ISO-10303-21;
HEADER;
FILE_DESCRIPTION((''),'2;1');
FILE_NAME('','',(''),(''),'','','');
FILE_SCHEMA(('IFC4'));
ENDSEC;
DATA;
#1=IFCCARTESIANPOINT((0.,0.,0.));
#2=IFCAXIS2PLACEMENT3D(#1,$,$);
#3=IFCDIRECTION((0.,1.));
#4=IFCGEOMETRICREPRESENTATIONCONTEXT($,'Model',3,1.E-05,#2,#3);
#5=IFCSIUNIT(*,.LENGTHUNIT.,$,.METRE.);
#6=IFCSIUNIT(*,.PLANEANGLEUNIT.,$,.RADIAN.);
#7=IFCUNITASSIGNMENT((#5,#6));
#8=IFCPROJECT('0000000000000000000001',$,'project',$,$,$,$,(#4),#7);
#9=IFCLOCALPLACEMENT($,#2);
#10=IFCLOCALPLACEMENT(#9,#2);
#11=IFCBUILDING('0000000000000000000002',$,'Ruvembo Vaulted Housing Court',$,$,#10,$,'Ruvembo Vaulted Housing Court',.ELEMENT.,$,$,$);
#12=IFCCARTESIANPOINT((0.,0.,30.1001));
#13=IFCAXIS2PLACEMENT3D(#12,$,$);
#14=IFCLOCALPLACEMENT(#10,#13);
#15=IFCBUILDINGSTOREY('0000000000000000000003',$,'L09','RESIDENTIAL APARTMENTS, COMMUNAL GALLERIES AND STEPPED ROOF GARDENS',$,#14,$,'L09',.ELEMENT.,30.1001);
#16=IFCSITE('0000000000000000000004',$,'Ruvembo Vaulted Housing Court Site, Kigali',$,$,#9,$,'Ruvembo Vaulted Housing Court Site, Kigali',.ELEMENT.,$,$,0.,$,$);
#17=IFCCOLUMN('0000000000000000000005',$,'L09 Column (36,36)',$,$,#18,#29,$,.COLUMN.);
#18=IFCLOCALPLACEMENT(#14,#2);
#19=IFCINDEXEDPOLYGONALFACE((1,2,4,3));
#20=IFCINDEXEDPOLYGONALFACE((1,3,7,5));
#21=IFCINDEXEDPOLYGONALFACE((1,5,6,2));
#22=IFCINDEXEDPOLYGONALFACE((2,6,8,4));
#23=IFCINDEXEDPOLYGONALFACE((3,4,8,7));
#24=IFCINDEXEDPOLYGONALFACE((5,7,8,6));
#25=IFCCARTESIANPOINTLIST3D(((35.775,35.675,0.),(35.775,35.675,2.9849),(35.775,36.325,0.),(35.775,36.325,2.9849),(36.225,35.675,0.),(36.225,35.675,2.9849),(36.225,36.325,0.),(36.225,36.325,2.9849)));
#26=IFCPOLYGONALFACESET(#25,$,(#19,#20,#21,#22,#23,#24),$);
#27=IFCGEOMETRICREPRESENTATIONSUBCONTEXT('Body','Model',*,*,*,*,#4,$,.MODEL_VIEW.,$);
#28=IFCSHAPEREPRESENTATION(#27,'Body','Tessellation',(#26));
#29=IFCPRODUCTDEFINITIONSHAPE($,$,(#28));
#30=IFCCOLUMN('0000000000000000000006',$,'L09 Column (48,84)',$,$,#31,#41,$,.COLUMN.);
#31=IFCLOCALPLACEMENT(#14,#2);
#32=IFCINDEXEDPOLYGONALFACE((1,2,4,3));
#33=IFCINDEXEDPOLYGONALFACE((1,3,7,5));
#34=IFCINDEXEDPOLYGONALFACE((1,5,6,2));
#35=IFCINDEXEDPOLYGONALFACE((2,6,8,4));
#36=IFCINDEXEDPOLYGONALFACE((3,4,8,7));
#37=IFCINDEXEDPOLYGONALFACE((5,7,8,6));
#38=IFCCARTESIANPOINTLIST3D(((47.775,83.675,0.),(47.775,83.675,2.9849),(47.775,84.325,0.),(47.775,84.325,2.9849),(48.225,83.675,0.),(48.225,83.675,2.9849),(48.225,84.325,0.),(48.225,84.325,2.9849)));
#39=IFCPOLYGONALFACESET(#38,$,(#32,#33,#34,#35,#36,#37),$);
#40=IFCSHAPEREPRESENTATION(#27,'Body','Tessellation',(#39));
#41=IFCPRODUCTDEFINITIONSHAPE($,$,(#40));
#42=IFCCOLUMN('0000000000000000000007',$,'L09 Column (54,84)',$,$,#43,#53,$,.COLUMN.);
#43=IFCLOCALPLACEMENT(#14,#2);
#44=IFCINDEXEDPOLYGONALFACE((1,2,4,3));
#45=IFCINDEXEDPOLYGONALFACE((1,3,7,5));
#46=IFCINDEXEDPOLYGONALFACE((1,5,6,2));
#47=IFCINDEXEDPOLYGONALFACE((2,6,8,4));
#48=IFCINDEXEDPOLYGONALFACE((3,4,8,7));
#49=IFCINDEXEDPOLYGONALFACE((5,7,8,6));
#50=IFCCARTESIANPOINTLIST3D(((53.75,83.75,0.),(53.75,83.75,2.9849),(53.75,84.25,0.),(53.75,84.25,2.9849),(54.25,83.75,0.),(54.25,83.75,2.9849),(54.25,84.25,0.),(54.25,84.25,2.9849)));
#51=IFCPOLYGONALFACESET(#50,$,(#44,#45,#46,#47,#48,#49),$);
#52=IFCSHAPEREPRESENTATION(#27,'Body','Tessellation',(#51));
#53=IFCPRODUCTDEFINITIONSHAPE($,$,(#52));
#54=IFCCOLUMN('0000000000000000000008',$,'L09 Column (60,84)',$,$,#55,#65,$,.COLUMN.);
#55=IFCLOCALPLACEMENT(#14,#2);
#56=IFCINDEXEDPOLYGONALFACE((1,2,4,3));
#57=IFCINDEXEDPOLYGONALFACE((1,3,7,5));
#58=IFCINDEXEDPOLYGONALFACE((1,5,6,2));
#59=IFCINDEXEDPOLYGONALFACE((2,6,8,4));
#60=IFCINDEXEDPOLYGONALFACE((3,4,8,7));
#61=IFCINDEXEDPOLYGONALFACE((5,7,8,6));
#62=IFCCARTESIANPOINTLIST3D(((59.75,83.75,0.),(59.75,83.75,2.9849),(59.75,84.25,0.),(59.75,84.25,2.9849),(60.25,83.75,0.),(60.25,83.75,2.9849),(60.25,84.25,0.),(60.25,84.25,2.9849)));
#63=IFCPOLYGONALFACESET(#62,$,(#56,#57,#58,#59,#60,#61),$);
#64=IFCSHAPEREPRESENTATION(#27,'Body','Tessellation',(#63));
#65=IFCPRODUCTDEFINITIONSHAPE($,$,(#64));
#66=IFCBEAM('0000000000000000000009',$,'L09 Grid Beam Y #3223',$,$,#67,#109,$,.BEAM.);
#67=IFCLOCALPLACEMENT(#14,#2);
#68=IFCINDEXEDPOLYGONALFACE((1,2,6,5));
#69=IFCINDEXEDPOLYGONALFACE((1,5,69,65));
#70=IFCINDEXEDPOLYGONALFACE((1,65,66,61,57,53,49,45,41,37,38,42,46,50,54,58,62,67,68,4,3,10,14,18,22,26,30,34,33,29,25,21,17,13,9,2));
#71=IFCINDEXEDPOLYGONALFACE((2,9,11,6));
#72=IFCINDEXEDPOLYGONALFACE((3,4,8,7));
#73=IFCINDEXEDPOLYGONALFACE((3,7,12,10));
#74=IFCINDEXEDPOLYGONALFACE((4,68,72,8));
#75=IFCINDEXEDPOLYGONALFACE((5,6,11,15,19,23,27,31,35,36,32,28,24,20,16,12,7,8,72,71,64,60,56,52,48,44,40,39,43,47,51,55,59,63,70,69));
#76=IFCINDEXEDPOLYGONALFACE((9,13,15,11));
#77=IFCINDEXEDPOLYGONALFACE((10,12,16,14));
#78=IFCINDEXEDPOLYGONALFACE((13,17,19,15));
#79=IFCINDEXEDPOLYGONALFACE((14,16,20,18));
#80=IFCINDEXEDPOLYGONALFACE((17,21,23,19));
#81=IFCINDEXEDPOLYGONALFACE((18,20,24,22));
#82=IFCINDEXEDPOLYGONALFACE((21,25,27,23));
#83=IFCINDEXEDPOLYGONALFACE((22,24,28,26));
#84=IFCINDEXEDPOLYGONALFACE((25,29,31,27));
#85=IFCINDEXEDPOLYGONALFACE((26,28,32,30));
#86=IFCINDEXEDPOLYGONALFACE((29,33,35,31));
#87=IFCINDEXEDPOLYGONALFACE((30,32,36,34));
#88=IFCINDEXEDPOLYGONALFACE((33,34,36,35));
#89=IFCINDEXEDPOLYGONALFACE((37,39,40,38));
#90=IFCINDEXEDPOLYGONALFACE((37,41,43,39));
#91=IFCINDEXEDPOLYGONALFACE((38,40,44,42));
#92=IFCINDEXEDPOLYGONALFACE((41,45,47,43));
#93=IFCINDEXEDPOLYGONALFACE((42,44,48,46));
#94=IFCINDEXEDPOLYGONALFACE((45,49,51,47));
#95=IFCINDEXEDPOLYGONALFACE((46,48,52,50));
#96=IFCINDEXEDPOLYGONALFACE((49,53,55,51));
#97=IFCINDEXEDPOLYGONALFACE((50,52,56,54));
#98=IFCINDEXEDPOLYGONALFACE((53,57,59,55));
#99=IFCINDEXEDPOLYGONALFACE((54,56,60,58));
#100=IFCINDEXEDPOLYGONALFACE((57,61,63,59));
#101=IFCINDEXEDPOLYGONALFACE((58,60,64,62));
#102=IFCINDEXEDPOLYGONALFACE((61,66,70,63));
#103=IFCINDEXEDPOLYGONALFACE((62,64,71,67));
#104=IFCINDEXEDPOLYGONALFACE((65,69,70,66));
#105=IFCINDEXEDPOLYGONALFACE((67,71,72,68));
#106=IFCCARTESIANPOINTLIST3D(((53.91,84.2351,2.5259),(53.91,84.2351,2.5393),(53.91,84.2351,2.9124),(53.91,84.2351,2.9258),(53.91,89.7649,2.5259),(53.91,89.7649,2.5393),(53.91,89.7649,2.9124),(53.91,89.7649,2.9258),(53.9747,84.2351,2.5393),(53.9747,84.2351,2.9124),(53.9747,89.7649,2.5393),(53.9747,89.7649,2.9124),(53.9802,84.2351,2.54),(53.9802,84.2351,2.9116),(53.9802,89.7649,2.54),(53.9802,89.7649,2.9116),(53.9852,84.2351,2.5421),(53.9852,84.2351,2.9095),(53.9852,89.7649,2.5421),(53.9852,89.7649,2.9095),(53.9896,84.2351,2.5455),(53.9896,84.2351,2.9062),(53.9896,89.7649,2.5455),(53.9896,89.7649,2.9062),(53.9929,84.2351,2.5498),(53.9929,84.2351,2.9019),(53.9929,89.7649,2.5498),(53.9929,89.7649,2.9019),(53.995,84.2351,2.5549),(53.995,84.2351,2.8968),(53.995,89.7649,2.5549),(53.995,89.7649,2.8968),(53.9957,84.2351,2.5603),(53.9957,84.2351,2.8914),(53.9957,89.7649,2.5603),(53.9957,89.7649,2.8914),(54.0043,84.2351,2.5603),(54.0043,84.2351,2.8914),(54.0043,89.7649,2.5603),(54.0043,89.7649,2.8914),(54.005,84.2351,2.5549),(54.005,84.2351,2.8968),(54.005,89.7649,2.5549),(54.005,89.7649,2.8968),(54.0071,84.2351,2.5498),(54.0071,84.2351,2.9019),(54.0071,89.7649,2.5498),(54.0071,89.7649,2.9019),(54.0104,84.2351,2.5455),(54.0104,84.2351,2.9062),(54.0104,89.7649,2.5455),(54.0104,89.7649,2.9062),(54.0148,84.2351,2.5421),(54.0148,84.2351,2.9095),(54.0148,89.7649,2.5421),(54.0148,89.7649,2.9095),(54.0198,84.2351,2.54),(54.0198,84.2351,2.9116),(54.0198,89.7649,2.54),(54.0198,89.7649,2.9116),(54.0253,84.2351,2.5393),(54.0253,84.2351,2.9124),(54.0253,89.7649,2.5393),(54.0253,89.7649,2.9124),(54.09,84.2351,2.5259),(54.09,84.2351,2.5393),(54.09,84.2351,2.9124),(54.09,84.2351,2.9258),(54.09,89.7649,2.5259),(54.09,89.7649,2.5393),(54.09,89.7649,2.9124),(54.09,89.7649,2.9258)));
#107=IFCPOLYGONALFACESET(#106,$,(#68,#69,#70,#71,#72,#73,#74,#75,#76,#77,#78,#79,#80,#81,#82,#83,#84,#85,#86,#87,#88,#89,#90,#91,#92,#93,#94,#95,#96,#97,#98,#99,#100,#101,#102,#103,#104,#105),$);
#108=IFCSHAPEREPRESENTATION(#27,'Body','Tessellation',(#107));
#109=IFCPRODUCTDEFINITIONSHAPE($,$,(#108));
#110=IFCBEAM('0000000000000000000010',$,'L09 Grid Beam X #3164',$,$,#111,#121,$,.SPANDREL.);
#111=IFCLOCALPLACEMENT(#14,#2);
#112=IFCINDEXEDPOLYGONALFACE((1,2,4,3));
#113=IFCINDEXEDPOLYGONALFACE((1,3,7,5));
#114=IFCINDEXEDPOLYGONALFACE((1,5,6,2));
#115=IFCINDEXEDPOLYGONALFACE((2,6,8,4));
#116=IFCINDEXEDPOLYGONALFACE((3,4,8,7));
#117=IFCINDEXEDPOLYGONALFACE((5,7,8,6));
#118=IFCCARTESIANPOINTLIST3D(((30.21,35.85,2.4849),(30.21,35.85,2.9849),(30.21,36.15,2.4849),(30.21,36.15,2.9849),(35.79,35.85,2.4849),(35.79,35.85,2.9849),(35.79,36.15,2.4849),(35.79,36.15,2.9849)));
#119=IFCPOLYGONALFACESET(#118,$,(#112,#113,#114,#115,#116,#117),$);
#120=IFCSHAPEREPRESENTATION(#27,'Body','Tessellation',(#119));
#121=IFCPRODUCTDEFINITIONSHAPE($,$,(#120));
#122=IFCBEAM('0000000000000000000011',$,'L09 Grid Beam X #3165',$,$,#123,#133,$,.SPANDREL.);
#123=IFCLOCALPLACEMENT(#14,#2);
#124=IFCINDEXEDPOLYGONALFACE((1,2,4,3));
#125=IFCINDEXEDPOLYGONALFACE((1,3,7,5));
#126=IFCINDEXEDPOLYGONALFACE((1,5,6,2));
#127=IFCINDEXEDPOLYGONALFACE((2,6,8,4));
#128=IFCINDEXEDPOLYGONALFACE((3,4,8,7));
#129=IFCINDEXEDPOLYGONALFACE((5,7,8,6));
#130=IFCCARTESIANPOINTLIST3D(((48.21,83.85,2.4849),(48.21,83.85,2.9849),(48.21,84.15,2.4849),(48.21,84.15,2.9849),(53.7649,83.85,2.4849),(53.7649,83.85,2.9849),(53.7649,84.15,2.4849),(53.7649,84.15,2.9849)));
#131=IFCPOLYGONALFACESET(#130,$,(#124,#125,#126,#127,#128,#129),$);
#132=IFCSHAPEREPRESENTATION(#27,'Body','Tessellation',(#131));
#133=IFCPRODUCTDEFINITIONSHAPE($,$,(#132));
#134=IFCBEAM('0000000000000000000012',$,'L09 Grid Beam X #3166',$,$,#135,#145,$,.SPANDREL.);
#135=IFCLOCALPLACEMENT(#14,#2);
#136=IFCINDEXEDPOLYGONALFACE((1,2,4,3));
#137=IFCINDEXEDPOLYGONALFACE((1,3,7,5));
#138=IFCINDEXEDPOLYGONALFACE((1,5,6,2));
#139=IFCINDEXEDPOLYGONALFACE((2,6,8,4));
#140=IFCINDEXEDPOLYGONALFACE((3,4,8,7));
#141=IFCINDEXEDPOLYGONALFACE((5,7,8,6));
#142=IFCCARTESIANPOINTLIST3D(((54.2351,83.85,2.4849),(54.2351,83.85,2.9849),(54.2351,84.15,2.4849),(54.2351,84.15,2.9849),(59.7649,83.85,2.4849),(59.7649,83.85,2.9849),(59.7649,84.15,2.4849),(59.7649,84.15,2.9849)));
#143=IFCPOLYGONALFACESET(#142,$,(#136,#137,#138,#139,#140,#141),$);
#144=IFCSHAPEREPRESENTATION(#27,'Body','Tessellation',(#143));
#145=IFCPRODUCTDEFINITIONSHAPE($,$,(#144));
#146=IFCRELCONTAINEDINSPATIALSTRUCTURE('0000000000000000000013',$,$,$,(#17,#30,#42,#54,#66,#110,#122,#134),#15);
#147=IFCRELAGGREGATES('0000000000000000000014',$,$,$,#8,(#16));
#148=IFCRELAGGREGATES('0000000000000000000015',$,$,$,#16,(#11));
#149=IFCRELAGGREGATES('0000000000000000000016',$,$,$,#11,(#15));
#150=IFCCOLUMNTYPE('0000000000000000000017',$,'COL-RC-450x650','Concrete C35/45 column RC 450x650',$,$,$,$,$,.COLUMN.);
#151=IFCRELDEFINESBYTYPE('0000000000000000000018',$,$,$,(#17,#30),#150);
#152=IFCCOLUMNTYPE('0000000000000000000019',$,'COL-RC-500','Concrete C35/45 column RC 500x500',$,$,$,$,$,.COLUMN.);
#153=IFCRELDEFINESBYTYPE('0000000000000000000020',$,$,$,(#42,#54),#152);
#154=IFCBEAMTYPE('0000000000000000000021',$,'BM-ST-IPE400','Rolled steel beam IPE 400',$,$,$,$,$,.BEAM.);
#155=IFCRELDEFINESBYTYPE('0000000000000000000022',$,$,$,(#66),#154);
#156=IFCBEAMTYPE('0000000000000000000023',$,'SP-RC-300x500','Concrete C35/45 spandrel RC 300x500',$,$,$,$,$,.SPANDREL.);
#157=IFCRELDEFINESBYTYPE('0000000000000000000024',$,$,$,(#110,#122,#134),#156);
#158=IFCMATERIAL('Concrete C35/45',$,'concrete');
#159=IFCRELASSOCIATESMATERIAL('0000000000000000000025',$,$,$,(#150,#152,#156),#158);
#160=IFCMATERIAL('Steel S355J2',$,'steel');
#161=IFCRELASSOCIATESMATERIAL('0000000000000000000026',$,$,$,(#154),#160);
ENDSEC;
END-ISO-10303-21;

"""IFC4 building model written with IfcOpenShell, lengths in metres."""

from ifc_helpers import new_model, si_unit, direction, frame, origin, origin_2d, place, context, subcontext, project, spatial, rectangle, i_section, extrude, material, material_profile, profile_set, type_object, element, save


model = new_model("IFC4")

# Units and contexts
model_context = context("Model", 3, precision=1e-05, world=origin(), true_north=direction((0.0, 1.0)))
body_context = subcontext(model_context, "Body", "Model", "MODEL_VIEW")
ifc_project = project(units=[si_unit("LENGTHUNIT", "METRE"), si_unit("PLANEANGLEUNIT", "RADIAN")], contexts=[model_context])

# Site, building, storey
site_placement = place(None, origin())
site = spatial("IfcSite", under=ifc_project, at=site_placement, Name="Ruvembo Vaulted Housing Court Site, Kigali", LongName="Ruvembo Vaulted Housing Court Site, Kigali", CompositionType="ELEMENT", RefElevation=0.0)
building_placement = place(site_placement, origin())
building = spatial("IfcBuilding", under=site, at=building_placement, Name="Ruvembo Vaulted Housing Court", LongName="Ruvembo Vaulted Housing Court", CompositionType="ELEMENT")
storey_placement = place(building_placement, frame((0.0, 0.0, 30.1001)))
storey = spatial("IfcBuildingStorey", under=building, at=storey_placement, Name="L09", Description="RESIDENTIAL APARTMENTS, COMMUNAL GALLERIES AND STEPPED ROOF GARDENS", LongName="L09", CompositionType="ELEMENT", Elevation=30.1001)

# Columns
ifc_material_1 = material(Name="Concrete C35/45", Category="concrete")
ifc_material_profile_1 = material_profile(ifc_material_1, rectangle(XDim=0.45, YDim=0.6499, at=origin_2d()), Name="RC 450x650")
ifc_profile_set_1 = profile_set([ifc_material_profile_1], Name="Concrete C35/45")
column_type_1 = type_object("IfcColumnType", Name="COL-RC-450x650", Description="Concrete C35/45 column RC 450x650", PredefinedType="COLUMN", material=ifc_profile_set_1)
for number, where, z_axis, x_axis, name in (
    (1, (36.0, 36.0, 0.0), (0.0, 0.0, 1.0), (1.0, 0.0, 0.0), "L09 Column (36,36)"),
    (2, (48.0, 84.0, 0.0), (0.0, 0.0, 1.0), (1.0, 0.0, 0.0), "L09 Column (48,84)"),
):
    element("IfcColumn", number, at=place(storey_placement, frame(where, z_axis=z_axis, x_axis=x_axis)), inside=storey, type_object=column_type_1, Name=name, PredefinedType="COLUMN", context=body_context, shape_type="SweptSolid", body=[
        extrude(rectangle(XDim=0.45, YDim=0.6499, at=origin_2d()), origin(), (0.0, 0.0, 1.0), 2.9849),
    ])
ifc_material_profile_2 = material_profile(ifc_material_1, rectangle(XDim=0.5, YDim=0.5, at=origin_2d()), Name="RC 500x500")
ifc_profile_set_2 = profile_set([ifc_material_profile_2], Name="Concrete C35/45")
column_type_2 = type_object("IfcColumnType", Name="COL-RC-500", Description="Concrete C35/45 column RC 500x500", PredefinedType="COLUMN", material=ifc_profile_set_2)
for number, where, z_axis, x_axis, name in (
    (3, (54.0, 84.0, 0.0), (0.0, 0.0, 1.0), (1.0, 0.0, 0.0), "L09 Column (54,84)"),
    (4, (60.0, 84.0, 0.0), (0.0, 0.0, 1.0), (1.0, 0.0, 0.0), "L09 Column (60,84)"),
):
    element("IfcColumn", number, at=place(storey_placement, frame(where, z_axis=z_axis, x_axis=x_axis)), inside=storey, type_object=column_type_2, Name=name, PredefinedType="COLUMN", context=body_context, shape_type="SweptSolid", body=[
        extrude(rectangle(XDim=0.5, YDim=0.5, at=origin_2d()), origin(), (0.0, 0.0, 1.0), 2.9849),
    ])

# Beams
ifc_material_2 = material(Name="Steel S355J2", Category="steel")
ifc_material_profile_3 = material_profile(ifc_material_2, i_section(OverallWidth=0.1799, OverallDepth=0.3999, WebThickness=0.0085, FlangeThickness=0.0134, FilletRadius=0.021, at=origin_2d()), Name="IPE 400")
ifc_profile_set_3 = profile_set([ifc_material_profile_3], Name="Steel S355J2")
beam_type_1 = type_object("IfcBeamType", Name="BM-ST-IPE400", Description="Rolled steel beam IPE 400", PredefinedType="BEAM", material=ifc_profile_set_3)
beam_1_placement = place(storey_placement, frame((54.0, 84.2351, 2.7258), z_axis=(0.0, 1.0, 0.0), x_axis=(-1.0, 0.0, 0.0)))
element("IfcBeam", 5, at=beam_1_placement, inside=storey, type_object=beam_type_1, Name="L09 Grid Beam Y #3223", PredefinedType="BEAM", context=body_context, shape_type="SweptSolid", body=[
    extrude(i_section(OverallWidth=0.1799, OverallDepth=0.3999, WebThickness=0.0085, FlangeThickness=0.0134, FilletRadius=0.021, at=origin_2d()), origin(), (0.0, 0.0, 1.0), 5.5298),
])
ifc_material_profile_4 = material_profile(ifc_material_1, rectangle(XDim=0.3, YDim=0.5, at=origin_2d()), Name="RC 300x500")
ifc_profile_set_4 = profile_set([ifc_material_profile_4], Name="Concrete C35/45")
beam_type_2 = type_object("IfcBeamType", Name="SP-RC-300x500", Description="Concrete C35/45 spandrel RC 300x500", PredefinedType="SPANDREL", material=ifc_profile_set_4)
beam_2_placement = place(storey_placement, frame((30.21, 36.0, 2.7349), z_axis=(1.0, 0.0, 0.0), x_axis=(0.0, 1.0, 0.0)))
element("IfcBeam", 6, at=beam_2_placement, inside=storey, type_object=beam_type_2, Name="L09 Grid Beam X #3164", PredefinedType="SPANDREL", context=body_context, shape_type="SweptSolid", body=[
    extrude(rectangle(XDim=0.3, YDim=0.5, at=origin_2d()), origin(), (0.0, 0.0, 1.0), 5.5801),
])
beam_3_placement = place(storey_placement, frame((48.21, 84.0, 2.7349), z_axis=(1.0, 0.0, 0.0), x_axis=(0.0, 1.0, 0.0)))
element("IfcBeam", 7, at=beam_3_placement, inside=storey, type_object=beam_type_2, Name="L09 Grid Beam X #3165", PredefinedType="SPANDREL", context=body_context, shape_type="SweptSolid", body=[
    extrude(rectangle(XDim=0.3, YDim=0.5, at=origin_2d()), origin(), (0.0, 0.0, 1.0), 5.5549),
])
beam_4_placement = place(storey_placement, frame((54.2351, 84.0, 2.7349), z_axis=(1.0, 0.0, 0.0), x_axis=(0.0, 1.0, 0.0)))
element("IfcBeam", 8, at=beam_4_placement, inside=storey, type_object=beam_type_2, Name="L09 Grid Beam X #3166", PredefinedType="SPANDREL", context=body_context, shape_type="SweptSolid", body=[
    extrude(rectangle(XDim=0.3, YDim=0.5, at=origin_2d()), origin(), (0.0, 0.0, 1.0), 5.5298),
])

save(model, "model.ifc")
